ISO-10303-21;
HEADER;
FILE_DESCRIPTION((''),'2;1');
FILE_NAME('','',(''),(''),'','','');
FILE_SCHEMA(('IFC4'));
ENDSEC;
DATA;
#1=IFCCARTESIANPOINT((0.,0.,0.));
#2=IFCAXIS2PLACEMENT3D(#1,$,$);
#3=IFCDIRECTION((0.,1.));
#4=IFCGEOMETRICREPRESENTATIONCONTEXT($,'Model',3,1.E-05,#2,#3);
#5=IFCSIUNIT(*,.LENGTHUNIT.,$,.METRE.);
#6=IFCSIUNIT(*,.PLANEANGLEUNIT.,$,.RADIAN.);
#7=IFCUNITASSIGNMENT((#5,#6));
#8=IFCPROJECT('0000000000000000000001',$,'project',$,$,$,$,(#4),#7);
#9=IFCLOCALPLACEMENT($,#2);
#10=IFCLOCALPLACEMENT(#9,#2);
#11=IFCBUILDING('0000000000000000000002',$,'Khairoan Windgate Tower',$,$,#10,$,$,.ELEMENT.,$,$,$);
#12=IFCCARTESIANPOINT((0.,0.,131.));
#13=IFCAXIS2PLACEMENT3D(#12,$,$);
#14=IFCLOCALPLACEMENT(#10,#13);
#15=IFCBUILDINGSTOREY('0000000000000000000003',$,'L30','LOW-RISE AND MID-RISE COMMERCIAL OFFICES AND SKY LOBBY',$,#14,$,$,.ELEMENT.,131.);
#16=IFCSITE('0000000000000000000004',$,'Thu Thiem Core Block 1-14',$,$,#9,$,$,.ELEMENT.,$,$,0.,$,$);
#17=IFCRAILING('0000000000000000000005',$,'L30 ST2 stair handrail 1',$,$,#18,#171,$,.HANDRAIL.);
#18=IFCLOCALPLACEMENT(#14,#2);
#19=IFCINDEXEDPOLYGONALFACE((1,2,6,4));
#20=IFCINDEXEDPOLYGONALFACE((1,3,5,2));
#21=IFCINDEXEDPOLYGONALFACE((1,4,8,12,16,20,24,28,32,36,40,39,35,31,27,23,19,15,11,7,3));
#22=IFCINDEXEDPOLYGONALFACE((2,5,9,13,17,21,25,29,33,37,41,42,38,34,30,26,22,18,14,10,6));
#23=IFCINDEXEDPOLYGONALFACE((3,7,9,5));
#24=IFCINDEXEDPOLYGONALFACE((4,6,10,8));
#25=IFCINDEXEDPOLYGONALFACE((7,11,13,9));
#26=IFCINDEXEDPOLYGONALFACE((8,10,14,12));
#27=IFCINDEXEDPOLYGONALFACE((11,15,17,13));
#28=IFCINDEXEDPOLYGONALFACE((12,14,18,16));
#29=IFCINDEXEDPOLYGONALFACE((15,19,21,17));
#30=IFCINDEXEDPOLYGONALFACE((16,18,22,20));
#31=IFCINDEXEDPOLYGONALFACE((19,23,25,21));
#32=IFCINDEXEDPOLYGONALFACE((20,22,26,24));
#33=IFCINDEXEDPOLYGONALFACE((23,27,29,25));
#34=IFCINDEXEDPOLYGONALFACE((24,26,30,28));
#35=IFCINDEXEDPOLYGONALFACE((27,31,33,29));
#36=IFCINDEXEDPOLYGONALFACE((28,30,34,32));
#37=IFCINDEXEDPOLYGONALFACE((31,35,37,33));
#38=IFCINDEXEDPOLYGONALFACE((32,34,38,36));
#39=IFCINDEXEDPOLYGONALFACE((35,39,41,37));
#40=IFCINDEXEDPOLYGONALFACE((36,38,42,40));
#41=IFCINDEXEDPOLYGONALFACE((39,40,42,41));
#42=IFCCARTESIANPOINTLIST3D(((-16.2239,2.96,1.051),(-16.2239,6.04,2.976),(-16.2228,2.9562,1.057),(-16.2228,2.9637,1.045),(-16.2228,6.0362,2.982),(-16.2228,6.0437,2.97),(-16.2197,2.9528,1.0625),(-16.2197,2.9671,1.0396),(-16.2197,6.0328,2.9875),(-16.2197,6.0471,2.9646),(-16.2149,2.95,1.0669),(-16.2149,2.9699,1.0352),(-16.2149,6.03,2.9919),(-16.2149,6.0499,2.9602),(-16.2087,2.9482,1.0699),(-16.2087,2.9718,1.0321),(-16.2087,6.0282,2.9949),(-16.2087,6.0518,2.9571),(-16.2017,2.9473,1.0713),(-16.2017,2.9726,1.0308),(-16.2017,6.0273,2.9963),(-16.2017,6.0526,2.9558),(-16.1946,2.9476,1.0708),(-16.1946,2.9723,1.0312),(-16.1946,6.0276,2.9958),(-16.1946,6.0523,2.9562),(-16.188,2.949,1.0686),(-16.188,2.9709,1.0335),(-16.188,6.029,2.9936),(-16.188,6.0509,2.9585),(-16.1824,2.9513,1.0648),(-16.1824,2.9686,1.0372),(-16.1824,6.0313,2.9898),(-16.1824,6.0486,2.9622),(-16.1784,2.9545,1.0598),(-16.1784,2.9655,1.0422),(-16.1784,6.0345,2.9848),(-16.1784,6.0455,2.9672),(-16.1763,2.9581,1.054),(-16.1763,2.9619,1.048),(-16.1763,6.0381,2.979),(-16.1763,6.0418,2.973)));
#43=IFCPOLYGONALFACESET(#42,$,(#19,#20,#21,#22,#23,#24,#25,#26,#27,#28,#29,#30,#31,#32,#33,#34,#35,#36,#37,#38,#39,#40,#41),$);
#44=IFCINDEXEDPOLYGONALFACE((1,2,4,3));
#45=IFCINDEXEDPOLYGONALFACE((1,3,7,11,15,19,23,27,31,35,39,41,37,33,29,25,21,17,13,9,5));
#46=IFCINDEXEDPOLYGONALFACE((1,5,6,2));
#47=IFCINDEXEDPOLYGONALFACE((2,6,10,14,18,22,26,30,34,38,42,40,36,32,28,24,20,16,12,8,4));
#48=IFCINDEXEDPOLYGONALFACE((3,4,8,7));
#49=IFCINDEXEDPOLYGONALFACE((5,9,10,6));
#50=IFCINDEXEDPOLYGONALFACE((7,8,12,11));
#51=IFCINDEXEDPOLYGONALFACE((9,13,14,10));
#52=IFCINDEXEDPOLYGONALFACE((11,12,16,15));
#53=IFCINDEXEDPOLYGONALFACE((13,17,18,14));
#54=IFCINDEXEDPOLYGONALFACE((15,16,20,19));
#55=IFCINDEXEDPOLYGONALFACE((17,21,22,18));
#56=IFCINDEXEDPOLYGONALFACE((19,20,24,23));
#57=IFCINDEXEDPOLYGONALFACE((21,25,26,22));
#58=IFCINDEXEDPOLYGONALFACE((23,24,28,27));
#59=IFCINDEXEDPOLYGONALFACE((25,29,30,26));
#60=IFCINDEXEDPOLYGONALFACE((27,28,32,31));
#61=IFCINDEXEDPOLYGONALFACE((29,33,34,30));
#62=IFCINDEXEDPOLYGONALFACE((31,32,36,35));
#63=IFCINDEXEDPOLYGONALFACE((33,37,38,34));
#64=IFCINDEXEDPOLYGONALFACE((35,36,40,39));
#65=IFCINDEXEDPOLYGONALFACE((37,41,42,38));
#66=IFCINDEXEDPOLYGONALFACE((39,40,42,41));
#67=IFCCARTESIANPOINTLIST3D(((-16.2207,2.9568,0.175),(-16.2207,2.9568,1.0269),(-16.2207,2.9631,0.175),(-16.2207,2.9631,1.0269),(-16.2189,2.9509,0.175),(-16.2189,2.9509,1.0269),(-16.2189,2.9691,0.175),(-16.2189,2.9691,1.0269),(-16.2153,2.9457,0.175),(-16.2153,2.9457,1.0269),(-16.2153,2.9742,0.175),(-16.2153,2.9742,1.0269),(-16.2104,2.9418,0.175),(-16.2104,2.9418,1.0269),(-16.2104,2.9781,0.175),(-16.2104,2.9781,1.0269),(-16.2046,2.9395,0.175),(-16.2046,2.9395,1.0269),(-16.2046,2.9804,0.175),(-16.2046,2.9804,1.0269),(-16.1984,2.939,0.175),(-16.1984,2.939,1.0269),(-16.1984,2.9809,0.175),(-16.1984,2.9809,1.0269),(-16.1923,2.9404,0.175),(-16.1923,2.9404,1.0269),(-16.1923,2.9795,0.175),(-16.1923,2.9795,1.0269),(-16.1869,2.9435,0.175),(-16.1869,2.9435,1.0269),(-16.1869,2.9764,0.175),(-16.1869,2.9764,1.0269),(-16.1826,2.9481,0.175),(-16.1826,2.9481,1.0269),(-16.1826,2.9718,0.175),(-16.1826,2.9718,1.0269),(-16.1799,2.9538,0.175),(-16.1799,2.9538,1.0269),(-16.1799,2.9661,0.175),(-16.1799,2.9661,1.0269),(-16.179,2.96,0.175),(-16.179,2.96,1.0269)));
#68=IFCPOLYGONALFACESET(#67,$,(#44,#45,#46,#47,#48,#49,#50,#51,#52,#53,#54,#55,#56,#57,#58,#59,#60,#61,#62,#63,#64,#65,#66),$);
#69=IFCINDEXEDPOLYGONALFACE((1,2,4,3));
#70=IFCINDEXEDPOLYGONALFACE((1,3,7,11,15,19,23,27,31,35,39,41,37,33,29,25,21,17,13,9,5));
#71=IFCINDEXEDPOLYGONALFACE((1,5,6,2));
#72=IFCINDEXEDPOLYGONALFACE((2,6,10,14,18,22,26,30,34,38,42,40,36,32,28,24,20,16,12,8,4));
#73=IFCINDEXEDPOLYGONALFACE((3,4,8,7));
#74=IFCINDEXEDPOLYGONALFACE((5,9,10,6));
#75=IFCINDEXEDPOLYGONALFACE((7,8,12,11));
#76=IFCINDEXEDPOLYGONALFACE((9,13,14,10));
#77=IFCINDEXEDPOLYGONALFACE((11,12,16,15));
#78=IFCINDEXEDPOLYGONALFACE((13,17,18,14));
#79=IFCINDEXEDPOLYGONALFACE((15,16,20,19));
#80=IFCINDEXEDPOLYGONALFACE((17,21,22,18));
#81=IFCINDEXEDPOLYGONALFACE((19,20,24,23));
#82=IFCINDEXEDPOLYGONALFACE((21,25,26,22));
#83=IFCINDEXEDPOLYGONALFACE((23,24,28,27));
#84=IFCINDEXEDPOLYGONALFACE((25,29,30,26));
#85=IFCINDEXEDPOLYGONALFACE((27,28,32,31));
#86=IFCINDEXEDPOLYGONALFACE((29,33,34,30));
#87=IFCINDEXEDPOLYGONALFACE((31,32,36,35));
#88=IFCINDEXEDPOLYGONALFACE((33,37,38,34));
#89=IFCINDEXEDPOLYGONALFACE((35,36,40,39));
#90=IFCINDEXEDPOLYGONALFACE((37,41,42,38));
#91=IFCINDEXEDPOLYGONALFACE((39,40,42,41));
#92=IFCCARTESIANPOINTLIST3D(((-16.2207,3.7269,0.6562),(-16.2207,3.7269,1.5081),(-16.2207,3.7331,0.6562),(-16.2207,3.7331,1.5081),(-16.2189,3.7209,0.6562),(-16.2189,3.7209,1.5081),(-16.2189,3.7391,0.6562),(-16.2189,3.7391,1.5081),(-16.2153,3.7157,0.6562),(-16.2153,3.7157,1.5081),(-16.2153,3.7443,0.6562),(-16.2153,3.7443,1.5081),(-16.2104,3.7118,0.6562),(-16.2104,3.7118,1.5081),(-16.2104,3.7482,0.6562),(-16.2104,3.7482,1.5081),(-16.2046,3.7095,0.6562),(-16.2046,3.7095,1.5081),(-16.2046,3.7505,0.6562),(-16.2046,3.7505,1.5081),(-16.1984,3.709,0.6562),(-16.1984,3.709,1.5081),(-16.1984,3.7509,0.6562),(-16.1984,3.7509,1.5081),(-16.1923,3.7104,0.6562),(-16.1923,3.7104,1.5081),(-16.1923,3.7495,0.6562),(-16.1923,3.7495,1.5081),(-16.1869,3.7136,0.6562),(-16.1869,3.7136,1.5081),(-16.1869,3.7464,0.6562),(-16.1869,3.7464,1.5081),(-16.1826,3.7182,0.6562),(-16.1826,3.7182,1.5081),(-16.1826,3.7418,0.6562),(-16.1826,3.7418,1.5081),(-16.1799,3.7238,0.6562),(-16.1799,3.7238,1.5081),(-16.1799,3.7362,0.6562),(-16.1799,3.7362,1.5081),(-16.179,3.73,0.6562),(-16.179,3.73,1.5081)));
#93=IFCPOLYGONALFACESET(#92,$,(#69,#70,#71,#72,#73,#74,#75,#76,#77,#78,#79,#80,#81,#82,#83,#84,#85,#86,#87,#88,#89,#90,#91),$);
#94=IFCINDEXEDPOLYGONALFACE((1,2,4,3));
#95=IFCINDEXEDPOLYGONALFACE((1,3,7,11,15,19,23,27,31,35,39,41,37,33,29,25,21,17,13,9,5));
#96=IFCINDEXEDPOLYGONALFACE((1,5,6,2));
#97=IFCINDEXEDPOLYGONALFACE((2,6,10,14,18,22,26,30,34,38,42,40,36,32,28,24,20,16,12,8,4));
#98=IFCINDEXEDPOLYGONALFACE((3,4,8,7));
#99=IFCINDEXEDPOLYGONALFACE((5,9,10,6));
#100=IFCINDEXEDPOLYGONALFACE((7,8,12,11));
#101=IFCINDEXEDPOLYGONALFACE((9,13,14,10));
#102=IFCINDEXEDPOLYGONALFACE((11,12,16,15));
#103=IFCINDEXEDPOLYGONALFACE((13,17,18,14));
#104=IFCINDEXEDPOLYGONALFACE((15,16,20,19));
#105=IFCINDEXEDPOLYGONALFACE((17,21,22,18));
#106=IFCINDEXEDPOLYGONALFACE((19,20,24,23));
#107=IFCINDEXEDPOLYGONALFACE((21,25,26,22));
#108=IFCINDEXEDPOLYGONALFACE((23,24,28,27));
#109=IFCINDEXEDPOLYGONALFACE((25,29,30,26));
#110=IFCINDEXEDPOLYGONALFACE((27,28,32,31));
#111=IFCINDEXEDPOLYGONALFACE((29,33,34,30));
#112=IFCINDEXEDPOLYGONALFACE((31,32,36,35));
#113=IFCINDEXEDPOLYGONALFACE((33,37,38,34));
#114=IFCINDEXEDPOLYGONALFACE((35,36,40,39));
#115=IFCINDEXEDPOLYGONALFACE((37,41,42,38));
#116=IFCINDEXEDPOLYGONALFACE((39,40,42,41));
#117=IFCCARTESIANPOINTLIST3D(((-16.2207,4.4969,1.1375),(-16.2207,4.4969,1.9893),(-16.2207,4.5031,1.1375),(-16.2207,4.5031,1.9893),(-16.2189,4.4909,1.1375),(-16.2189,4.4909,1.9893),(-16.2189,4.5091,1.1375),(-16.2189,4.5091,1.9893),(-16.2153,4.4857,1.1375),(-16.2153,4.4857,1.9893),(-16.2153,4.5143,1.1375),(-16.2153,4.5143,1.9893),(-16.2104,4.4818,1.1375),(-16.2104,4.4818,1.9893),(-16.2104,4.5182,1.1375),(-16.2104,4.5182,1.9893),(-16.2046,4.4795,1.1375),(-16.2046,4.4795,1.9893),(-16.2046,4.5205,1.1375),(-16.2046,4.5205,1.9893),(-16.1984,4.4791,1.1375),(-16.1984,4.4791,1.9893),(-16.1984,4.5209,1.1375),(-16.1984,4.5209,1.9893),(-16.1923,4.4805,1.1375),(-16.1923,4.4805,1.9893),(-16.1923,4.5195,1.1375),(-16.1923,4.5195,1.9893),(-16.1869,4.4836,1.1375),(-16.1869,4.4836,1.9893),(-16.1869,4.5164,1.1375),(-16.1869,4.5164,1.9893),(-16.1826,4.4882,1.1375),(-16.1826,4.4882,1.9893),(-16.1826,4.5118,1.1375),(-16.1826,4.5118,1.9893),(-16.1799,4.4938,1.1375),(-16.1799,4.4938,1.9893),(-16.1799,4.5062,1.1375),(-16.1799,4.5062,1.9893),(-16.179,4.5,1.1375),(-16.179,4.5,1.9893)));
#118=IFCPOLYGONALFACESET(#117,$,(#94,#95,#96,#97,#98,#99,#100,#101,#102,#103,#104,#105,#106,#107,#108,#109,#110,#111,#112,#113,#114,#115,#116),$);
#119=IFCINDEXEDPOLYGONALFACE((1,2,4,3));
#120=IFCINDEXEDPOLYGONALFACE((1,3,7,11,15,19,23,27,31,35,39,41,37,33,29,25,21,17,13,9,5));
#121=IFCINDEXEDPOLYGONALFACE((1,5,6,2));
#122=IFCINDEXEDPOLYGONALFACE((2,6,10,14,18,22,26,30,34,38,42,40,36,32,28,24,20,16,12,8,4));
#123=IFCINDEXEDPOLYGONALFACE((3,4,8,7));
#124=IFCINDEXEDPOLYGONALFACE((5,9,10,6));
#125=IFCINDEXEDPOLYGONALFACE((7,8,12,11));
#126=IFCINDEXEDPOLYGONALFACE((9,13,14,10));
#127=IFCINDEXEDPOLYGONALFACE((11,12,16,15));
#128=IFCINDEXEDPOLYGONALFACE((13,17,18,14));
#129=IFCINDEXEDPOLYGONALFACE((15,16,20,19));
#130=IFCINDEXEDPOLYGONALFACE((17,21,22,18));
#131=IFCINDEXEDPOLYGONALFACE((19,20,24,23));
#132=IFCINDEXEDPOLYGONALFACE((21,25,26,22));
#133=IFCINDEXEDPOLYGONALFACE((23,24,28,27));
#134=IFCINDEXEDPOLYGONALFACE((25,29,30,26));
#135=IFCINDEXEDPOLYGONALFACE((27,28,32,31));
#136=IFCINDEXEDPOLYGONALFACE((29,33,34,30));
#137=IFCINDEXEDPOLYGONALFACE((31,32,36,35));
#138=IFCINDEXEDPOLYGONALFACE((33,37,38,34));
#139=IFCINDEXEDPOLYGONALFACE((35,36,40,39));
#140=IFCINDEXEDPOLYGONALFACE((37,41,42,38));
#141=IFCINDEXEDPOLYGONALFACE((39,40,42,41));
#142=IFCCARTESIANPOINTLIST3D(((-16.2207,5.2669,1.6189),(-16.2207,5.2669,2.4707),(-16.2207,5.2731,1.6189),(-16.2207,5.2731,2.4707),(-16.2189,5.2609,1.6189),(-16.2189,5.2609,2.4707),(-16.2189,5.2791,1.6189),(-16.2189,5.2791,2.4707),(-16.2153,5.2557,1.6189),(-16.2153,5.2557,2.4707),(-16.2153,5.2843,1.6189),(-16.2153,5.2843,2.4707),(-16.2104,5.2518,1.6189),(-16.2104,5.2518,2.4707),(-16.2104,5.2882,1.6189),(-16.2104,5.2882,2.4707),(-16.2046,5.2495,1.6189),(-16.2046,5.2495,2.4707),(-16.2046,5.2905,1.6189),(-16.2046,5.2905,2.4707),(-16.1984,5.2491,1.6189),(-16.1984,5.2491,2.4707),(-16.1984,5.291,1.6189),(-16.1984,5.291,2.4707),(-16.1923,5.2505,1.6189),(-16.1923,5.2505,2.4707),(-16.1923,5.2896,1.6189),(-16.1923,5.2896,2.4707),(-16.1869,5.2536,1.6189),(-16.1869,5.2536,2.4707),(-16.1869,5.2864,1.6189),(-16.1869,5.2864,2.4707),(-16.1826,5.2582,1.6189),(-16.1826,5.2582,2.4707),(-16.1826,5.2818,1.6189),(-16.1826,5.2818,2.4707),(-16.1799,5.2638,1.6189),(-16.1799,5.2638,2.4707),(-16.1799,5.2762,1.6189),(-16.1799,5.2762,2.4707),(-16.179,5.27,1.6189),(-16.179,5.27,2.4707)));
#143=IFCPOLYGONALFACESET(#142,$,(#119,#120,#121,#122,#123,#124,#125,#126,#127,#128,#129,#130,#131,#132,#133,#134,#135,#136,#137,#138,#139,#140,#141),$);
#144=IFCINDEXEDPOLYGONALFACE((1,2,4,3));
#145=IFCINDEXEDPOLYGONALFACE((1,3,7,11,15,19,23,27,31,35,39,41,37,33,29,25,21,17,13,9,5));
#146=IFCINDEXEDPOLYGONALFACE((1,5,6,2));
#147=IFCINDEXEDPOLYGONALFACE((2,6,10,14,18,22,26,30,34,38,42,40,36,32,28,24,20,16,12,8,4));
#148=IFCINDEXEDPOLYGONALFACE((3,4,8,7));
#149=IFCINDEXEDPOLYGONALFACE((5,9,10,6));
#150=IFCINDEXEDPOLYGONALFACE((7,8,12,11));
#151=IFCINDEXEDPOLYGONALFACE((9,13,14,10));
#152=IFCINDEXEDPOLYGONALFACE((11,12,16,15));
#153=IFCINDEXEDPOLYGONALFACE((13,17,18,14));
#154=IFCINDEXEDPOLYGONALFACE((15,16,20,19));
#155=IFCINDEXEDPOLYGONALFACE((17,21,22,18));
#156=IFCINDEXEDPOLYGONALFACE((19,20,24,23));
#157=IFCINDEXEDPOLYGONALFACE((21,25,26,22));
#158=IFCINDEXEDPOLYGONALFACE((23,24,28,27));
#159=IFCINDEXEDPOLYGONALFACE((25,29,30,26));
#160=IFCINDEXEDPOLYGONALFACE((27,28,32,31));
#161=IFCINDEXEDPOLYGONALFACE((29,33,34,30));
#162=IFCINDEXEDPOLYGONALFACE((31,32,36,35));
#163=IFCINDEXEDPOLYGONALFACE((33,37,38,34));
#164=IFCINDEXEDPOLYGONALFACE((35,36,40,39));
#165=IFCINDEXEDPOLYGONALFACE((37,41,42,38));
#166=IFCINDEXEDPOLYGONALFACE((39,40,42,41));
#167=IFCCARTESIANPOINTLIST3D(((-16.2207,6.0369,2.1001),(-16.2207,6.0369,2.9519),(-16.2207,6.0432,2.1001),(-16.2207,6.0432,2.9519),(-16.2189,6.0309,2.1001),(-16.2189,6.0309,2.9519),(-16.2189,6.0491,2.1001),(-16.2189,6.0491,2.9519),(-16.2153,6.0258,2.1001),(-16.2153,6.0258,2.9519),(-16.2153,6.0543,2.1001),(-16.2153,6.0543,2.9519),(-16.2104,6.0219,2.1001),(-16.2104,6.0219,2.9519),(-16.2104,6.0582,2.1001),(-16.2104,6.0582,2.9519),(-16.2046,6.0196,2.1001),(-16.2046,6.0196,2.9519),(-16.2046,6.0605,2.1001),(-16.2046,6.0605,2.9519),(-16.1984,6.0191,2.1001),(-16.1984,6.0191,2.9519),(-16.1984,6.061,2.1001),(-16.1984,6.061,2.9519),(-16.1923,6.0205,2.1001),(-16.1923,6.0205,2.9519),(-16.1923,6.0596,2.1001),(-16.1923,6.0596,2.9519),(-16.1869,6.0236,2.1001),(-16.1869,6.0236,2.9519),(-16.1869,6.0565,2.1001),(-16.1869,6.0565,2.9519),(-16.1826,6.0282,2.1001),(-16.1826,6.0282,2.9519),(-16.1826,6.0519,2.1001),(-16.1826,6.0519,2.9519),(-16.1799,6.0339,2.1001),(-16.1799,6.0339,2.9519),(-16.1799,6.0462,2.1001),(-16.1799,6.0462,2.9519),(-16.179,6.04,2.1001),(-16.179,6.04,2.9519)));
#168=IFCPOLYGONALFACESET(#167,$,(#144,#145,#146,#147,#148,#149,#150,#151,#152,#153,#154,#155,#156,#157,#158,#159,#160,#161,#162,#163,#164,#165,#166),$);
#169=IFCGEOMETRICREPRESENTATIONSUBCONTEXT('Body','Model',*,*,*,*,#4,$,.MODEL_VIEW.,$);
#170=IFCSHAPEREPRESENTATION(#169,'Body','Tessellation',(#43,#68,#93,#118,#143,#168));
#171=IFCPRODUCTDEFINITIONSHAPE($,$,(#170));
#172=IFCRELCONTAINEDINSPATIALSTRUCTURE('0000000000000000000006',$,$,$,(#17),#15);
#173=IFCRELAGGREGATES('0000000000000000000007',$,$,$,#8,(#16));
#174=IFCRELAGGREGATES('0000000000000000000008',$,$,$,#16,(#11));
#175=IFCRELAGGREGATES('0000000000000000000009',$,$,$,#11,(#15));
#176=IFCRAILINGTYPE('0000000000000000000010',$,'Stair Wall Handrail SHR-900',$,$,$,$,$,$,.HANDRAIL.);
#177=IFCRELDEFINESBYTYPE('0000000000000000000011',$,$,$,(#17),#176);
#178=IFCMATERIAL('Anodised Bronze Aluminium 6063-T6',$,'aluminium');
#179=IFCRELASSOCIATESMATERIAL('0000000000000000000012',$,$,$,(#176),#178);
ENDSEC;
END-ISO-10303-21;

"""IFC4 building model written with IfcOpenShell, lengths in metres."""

from ifc_helpers import new_model, si_unit, direction, frame, origin, origin_2d, place, context, subcontext, project, spatial, circle, extrude, material, type_object, element, save


model = new_model("IFC4")

# Units and contexts
model_context = context("Model", 3, precision=1e-05, world=origin(), true_north=direction((0.0, 1.0)))
body_context = subcontext(model_context, "Body", "Model", "MODEL_VIEW")
ifc_project = project(units=[si_unit("LENGTHUNIT", "METRE"), si_unit("PLANEANGLEUNIT", "RADIAN")], contexts=[model_context])

# Site, building, storey
site_placement = place(None, origin())
site = spatial("IfcSite", under=ifc_project, at=site_placement, Name="Thu Thiem Core Block 1-14", CompositionType="ELEMENT", RefElevation=0.0)
building_placement = place(site_placement, origin())
building = spatial("IfcBuilding", under=site, at=building_placement, Name="Khairoan Windgate Tower", CompositionType="ELEMENT")
storey_placement = place(building_placement, frame((0.0, 0.0, 131.0)))
storey = spatial("IfcBuildingStorey", under=building, at=storey_placement, Name="L30", Description="LOW-RISE AND MID-RISE COMMERCIAL OFFICES AND SKY LOBBY", CompositionType="ELEMENT", Elevation=131.0)

# Railing
ifc_material_1 = material(Name="Anodised Bronze Aluminium 6063-T6", Category="aluminium")
railing_type_1 = type_object("IfcRailingType", Name="Stair Wall Handrail SHR-900", PredefinedType="HANDRAIL", material=ifc_material_1)
railing_1_placement = place(storey_placement, frame((-16.2, 2.96, 0.175)))
element("IfcRailing", 1, at=railing_1_placement, inside=storey, type_object=railing_type_1, Name="L30 ST2 stair handrail 1", PredefinedType="HANDRAIL", context=body_context, shape_type="SweptSolid", body=[
    extrude(circle(Radius=0.0239, at=origin_2d()), frame((0.0, 0.0, 0.876), z_axis=(0.0, 0.847998, 0.529999), x_axis=(-1.0, 0.0, 0.0)), (0.0, 0.0, 1.0), 3.6321),
    extrude(circle(Radius=0.021, at=origin_2d()), origin(), (0.0, 0.0, 1.0), 0.8518),
    extrude(circle(Radius=0.021, at=origin_2d()), frame((0.0, 0.77, 0.4812)), (0.0, 0.0, 1.0), 0.8518),
    extrude(circle(Radius=0.021, at=origin_2d()), frame((0.0, 1.54, 0.9624)), (0.0, 0.0, 1.0), 0.8518),
    extrude(circle(Radius=0.021, at=origin_2d()), frame((0.0, 2.3101, 1.4438)), (0.0, 0.0, 1.0), 0.8518),
    extrude(circle(Radius=0.021, at=origin_2d()), frame((0.0, 3.0801, 1.925)), (0.0, 0.0, 1.0), 0.8518),
])

save(model, "model.ifc")
